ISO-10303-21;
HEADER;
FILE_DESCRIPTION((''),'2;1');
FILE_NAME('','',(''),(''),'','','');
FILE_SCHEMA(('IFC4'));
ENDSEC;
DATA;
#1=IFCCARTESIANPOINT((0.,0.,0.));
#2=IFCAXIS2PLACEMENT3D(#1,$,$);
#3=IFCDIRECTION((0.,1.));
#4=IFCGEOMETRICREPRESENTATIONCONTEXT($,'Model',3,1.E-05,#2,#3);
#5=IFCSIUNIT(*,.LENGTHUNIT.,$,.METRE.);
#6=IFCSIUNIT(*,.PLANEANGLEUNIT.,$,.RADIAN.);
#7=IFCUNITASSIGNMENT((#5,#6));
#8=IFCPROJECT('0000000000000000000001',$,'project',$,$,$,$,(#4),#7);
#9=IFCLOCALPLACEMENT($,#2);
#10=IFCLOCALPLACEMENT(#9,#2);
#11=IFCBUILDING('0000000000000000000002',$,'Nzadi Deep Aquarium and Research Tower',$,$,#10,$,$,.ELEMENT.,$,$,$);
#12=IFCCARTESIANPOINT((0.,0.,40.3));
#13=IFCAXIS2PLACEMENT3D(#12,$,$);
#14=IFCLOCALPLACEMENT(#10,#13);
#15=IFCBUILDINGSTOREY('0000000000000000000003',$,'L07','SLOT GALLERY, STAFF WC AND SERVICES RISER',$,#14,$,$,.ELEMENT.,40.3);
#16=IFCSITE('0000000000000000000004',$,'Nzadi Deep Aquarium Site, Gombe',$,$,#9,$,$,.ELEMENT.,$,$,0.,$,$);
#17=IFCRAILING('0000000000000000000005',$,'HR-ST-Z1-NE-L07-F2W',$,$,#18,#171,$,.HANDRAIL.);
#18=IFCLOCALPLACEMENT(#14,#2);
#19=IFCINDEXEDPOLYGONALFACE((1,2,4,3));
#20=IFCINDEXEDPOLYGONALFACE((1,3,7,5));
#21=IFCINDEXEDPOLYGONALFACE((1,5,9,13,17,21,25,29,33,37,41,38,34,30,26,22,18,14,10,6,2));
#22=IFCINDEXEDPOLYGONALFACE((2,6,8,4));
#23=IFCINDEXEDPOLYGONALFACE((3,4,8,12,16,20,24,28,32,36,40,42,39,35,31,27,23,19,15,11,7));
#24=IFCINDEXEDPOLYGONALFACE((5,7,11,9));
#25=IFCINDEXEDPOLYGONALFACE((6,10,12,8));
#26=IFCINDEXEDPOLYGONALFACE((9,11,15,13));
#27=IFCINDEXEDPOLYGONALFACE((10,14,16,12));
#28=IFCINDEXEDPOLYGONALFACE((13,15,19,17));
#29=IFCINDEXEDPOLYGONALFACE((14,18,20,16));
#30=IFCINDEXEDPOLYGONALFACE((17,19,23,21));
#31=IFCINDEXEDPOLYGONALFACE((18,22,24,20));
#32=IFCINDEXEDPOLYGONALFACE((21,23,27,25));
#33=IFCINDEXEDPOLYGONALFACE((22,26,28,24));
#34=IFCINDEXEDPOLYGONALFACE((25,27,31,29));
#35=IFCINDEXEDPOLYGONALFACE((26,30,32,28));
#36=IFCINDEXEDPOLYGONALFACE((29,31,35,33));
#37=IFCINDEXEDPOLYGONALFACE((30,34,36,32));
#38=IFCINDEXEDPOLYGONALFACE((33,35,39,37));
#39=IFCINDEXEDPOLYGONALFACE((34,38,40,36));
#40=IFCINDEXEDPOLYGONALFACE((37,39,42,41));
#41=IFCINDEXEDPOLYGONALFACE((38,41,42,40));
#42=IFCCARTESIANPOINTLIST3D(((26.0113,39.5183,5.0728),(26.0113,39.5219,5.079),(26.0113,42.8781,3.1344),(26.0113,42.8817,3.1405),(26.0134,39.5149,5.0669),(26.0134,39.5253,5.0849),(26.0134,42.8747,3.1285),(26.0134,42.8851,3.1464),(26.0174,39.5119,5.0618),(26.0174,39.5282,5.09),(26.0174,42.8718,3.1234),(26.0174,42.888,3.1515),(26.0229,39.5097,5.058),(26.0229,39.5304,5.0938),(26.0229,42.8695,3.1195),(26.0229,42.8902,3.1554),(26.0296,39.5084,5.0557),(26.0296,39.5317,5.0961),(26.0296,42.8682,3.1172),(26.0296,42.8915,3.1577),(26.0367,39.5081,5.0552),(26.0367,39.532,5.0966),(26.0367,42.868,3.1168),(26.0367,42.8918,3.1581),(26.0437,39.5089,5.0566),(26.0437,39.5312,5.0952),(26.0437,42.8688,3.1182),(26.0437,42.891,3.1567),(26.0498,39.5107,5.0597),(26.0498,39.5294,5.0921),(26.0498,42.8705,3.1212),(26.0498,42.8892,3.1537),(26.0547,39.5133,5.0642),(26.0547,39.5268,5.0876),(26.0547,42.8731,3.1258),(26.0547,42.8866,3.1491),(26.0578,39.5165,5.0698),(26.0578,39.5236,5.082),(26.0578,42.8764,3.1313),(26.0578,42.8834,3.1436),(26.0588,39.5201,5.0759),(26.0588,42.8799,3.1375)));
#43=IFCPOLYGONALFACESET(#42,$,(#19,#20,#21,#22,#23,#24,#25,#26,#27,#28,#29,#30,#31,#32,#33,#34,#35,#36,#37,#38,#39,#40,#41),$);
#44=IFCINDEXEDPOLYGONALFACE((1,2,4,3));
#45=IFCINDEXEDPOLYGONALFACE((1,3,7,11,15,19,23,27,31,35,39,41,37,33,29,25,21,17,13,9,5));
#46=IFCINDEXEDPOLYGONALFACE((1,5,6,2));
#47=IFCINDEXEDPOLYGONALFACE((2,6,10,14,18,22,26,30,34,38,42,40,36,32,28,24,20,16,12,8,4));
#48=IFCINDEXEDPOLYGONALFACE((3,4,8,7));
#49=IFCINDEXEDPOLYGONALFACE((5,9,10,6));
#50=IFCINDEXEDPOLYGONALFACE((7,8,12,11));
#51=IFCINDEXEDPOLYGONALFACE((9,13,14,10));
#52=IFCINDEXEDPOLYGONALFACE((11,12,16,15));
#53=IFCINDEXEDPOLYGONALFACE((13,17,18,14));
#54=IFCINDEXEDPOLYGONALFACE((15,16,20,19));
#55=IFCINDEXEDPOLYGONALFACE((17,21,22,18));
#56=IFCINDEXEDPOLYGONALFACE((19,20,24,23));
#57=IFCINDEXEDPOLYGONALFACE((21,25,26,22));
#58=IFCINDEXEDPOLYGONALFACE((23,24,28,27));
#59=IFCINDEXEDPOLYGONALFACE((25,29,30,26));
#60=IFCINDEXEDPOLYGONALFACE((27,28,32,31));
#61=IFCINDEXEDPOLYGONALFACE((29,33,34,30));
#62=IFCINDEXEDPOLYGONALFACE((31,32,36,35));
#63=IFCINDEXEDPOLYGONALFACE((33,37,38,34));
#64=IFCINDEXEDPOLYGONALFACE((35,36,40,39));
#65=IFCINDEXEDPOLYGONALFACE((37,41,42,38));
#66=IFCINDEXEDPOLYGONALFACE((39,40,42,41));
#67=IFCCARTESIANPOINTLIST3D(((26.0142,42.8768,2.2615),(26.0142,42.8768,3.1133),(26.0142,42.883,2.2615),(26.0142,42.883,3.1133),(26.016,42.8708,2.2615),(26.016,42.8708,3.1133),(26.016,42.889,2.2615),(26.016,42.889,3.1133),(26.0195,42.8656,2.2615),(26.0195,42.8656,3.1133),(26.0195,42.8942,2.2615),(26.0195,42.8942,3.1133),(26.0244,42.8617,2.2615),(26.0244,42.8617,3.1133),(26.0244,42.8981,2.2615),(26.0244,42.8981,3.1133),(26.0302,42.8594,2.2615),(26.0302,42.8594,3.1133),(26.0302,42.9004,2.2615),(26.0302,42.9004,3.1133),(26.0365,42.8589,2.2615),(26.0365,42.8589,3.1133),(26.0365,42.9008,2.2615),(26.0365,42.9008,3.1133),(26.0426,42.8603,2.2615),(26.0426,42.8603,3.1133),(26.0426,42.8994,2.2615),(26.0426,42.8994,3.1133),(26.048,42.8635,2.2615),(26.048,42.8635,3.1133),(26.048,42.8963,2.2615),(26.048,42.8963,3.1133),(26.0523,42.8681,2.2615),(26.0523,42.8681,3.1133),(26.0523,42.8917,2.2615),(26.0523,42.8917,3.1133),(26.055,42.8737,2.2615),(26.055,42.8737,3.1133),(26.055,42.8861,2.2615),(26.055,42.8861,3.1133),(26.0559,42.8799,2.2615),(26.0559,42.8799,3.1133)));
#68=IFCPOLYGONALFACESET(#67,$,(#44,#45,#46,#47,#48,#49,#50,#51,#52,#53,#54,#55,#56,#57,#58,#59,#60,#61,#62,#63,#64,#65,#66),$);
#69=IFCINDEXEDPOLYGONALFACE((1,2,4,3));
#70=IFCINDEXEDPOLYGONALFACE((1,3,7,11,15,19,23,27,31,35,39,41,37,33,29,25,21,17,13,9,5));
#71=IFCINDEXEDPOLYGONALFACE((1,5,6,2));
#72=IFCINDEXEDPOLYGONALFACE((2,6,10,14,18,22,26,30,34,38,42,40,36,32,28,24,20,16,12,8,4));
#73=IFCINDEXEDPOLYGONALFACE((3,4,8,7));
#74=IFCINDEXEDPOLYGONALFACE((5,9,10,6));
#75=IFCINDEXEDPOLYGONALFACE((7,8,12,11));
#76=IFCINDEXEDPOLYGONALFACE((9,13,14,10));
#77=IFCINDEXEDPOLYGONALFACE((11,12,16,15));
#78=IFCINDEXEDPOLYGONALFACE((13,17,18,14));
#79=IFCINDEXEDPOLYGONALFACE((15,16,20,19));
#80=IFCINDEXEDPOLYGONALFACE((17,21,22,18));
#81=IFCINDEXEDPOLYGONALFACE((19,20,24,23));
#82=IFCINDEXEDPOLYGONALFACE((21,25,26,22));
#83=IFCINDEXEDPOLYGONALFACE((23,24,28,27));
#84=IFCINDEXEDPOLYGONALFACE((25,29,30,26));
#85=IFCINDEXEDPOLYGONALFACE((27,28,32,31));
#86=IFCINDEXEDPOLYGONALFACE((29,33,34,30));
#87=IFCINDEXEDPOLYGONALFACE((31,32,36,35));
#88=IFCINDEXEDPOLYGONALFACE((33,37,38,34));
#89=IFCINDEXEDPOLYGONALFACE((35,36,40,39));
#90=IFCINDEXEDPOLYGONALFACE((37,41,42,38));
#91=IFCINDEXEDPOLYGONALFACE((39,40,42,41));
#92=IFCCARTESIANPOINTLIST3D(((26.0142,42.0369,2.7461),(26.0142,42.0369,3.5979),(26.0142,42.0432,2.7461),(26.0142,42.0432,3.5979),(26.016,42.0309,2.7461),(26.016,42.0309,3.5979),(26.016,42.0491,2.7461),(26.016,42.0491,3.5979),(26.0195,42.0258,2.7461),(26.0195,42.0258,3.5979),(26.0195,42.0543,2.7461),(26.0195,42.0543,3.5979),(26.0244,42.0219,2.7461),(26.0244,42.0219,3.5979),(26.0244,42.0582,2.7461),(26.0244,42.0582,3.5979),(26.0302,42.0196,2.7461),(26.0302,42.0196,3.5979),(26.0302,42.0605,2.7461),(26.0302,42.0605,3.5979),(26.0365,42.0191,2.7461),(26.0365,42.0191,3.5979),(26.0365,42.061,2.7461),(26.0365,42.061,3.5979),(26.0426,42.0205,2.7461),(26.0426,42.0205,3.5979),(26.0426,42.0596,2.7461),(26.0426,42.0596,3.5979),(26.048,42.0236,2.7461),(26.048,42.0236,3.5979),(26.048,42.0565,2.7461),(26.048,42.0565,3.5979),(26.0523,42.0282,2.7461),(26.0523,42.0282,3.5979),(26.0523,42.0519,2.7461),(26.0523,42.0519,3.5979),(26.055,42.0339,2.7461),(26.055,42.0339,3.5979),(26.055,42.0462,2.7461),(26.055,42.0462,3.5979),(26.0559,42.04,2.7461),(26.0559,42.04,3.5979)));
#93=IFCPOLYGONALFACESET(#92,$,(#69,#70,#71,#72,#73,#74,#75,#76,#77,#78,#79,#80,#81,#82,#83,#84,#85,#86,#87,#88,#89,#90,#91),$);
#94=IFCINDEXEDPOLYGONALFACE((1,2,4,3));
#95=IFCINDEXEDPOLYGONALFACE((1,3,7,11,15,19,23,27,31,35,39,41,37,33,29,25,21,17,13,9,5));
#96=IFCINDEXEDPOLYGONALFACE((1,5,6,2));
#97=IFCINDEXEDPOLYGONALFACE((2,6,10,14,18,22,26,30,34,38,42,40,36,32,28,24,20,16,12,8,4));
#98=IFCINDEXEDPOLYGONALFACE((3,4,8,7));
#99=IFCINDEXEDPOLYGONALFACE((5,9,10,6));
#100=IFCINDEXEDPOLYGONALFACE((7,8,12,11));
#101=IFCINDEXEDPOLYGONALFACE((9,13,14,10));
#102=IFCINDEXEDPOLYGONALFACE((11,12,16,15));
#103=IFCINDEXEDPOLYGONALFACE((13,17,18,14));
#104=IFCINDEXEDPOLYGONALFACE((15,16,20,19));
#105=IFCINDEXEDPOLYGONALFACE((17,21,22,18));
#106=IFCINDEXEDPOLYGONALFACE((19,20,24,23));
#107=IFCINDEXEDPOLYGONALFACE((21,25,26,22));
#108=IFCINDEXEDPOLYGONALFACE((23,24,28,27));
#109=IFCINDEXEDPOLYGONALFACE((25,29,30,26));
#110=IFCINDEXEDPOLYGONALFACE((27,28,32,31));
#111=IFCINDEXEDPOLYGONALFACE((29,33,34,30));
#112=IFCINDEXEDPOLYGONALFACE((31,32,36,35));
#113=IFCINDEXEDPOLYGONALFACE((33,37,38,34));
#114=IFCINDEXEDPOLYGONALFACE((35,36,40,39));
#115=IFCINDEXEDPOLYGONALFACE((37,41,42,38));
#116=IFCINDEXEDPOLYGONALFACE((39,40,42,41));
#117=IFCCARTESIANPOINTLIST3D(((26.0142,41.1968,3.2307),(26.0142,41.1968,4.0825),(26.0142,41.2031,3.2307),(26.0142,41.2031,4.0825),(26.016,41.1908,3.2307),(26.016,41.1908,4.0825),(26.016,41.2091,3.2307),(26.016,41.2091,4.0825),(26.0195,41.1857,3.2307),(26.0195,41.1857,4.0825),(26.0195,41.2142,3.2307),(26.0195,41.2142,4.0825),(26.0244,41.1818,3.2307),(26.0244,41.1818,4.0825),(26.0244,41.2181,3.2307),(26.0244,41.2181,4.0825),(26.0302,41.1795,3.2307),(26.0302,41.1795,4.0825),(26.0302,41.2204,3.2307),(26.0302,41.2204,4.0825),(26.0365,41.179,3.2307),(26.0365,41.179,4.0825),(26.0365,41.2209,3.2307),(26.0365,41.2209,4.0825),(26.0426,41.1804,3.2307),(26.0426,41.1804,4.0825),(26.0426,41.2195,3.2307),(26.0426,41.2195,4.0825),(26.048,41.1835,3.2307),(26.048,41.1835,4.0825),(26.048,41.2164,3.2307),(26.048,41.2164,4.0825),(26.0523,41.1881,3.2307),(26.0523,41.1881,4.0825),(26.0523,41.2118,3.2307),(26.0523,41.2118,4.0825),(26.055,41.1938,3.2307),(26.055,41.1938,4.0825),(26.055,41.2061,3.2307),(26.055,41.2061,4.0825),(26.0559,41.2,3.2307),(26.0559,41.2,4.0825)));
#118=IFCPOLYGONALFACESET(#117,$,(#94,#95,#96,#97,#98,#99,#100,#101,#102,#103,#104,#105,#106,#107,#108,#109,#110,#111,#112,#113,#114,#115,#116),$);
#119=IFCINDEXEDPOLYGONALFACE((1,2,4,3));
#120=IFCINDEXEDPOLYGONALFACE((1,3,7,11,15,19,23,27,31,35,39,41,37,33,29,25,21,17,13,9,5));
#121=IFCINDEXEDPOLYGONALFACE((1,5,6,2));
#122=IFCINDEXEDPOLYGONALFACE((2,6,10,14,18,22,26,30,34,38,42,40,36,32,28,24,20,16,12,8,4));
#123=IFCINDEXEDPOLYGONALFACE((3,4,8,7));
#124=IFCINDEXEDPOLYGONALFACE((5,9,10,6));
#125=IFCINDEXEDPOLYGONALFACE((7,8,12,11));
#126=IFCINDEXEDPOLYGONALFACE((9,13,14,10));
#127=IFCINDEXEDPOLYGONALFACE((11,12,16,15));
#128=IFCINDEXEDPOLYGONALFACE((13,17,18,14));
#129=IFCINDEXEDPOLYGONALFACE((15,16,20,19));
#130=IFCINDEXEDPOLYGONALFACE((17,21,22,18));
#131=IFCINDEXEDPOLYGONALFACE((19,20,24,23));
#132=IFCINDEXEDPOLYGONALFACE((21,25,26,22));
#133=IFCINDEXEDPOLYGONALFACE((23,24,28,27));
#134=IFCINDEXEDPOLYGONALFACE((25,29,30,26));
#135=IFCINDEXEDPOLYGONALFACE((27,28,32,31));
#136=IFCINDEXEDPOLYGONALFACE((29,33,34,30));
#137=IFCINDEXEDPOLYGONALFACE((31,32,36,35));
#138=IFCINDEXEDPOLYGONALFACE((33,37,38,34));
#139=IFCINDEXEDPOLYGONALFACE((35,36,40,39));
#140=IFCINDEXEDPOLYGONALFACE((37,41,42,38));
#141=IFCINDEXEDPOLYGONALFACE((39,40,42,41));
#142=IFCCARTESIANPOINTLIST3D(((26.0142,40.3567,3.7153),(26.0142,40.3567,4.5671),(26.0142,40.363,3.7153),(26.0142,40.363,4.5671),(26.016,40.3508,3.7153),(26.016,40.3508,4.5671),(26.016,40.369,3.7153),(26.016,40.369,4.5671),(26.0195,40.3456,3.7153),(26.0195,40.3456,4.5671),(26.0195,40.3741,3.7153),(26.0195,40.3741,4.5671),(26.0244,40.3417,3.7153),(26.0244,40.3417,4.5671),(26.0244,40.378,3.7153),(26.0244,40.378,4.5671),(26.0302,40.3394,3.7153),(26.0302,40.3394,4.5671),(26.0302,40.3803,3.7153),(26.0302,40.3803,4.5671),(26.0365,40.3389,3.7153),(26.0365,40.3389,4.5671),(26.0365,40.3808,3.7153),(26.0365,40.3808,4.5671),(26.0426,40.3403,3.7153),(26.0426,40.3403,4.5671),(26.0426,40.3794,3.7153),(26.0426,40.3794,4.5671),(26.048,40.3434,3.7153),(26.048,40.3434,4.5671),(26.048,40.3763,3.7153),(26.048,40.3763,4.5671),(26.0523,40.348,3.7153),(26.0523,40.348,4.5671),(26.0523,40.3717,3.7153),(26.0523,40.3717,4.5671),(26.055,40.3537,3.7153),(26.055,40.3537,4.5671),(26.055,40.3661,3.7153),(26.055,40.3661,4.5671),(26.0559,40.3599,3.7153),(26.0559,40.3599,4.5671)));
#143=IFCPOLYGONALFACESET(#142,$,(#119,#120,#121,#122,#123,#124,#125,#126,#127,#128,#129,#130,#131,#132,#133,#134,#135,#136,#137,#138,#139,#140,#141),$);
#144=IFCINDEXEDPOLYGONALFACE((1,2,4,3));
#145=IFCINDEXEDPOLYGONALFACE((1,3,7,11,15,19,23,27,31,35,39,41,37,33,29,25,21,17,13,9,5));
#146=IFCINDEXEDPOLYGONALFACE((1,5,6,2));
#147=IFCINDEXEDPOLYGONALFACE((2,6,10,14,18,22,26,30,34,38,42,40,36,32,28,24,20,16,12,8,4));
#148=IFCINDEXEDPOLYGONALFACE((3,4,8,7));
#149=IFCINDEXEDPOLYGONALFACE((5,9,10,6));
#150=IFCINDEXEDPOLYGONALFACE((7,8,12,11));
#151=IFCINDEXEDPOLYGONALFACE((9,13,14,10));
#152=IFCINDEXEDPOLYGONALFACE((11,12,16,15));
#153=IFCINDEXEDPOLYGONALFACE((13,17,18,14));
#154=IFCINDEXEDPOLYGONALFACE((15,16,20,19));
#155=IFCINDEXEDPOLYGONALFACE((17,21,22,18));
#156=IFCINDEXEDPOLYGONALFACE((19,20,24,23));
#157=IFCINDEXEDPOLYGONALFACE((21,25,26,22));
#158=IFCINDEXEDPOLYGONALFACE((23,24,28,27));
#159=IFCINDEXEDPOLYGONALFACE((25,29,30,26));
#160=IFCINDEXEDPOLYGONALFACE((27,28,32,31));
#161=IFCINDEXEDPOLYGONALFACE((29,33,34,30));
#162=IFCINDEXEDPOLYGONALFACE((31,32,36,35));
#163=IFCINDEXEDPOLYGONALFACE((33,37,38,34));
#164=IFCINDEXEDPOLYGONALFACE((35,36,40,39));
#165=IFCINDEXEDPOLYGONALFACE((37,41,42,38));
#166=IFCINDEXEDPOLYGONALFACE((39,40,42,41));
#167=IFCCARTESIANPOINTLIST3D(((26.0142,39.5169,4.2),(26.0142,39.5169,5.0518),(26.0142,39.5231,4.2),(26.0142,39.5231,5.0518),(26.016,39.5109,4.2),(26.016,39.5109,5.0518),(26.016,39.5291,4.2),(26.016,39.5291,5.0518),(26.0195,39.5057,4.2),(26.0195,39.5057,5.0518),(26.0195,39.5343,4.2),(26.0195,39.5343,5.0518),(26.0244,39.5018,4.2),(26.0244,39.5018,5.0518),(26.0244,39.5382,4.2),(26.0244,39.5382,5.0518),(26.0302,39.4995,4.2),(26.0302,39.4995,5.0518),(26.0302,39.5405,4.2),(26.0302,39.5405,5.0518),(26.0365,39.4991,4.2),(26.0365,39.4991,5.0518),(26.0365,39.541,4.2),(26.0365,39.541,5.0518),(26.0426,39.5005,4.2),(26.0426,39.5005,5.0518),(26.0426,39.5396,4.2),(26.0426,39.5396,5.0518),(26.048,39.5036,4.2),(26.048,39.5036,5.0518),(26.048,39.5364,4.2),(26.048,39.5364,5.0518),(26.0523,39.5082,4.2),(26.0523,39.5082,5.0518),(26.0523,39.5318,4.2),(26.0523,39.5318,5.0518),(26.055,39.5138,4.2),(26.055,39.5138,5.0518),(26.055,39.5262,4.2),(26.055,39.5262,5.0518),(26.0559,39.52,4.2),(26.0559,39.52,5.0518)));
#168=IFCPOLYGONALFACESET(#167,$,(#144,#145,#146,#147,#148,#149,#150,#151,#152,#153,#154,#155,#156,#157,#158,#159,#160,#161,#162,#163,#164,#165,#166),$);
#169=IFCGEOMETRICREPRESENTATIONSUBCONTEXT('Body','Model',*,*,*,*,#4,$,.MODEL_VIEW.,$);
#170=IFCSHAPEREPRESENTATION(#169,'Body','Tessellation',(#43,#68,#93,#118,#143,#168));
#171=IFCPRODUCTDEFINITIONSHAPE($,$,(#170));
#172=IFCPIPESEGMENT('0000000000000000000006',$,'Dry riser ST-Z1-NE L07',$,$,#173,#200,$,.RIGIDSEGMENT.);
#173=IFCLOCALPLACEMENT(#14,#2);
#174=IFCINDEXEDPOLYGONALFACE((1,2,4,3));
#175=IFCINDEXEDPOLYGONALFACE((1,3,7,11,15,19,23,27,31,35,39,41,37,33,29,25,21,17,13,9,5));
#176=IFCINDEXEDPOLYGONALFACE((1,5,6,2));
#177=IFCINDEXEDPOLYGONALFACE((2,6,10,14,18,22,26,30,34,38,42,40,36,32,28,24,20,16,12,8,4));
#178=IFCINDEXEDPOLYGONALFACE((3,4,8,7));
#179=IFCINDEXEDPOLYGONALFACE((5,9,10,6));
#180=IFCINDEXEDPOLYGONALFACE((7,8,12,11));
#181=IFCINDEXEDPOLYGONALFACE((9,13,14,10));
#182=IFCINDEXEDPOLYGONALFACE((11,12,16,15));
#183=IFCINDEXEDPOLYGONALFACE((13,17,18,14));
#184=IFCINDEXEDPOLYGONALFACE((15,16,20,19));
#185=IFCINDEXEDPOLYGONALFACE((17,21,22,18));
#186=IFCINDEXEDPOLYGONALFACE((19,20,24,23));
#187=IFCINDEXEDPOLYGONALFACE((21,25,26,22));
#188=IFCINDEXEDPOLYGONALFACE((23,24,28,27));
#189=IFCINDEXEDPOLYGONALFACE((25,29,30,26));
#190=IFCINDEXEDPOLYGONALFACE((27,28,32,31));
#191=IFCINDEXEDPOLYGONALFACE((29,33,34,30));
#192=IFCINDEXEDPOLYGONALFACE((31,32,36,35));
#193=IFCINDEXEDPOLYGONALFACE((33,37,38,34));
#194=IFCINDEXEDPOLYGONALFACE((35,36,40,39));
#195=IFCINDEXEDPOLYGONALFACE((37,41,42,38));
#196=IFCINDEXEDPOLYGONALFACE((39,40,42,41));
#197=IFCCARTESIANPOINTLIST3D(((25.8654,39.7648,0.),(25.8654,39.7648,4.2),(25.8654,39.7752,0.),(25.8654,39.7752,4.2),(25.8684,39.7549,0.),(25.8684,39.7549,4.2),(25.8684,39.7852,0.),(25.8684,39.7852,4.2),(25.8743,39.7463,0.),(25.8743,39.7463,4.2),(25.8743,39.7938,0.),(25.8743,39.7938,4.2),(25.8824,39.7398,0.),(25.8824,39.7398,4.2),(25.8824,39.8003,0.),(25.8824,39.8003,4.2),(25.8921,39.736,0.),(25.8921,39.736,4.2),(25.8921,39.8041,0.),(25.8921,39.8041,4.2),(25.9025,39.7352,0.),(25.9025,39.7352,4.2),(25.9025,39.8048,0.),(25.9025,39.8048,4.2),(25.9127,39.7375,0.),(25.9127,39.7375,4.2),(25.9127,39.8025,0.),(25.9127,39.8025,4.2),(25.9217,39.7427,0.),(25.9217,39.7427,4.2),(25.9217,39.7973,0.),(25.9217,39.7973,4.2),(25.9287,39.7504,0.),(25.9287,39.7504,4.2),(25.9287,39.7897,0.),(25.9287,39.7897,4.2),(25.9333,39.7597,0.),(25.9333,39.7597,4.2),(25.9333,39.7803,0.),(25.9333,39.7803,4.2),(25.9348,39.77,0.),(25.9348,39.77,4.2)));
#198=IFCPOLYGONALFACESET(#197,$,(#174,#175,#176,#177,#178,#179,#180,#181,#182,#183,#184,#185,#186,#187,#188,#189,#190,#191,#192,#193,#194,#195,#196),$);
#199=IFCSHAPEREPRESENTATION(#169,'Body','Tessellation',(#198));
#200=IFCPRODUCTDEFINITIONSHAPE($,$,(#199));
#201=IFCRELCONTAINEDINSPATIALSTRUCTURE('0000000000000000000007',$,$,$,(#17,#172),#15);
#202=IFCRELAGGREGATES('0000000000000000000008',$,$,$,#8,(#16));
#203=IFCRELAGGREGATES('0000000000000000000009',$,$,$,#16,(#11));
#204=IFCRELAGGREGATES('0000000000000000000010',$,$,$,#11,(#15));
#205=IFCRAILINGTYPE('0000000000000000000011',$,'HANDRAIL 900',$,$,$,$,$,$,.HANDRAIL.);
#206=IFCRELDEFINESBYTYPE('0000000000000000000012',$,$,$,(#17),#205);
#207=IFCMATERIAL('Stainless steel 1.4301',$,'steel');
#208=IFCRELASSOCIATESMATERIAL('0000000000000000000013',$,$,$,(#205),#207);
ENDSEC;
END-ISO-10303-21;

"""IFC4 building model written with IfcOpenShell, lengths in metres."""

from ifc_helpers import new_model, si_unit, direction, frame, origin, origin_2d, place, context, subcontext, project, spatial, circle, extrude, material, type_object, element, save


model = new_model("IFC4")

# Units and contexts
model_context = context("Model", 3, precision=1e-05, world=origin(), true_north=direction((0.0, 1.0)))
body_context = subcontext(model_context, "Body", "Model", "MODEL_VIEW")
ifc_project = project(units=[si_unit("LENGTHUNIT", "METRE"), si_unit("PLANEANGLEUNIT", "RADIAN")], contexts=[model_context])

# Site, building, storey
site_placement = place(None, origin())
site = spatial("IfcSite", under=ifc_project, at=site_placement, Name="Nzadi Deep Aquarium Site, Gombe", CompositionType="ELEMENT", RefElevation=0.0)
building_placement = place(site_placement, origin())
building = spatial("IfcBuilding", under=site, at=building_placement, Name="Nzadi Deep Aquarium and Research Tower", CompositionType="ELEMENT")
storey_placement = place(building_placement, frame((0.0, 0.0, 40.3)))
storey = spatial("IfcBuildingStorey", under=building, at=storey_placement, Name="L07", Description="SLOT GALLERY, STAFF WC AND SERVICES RISER", CompositionType="ELEMENT", Elevation=40.3)

# Railing
ifc_material_1 = material(Name="Stainless steel 1.4301", Category="steel")
railing_type = type_object("IfcRailingType", Name="HANDRAIL 900", PredefinedType="HANDRAIL", material=ifc_material_1)
for number, where, name in (
    (1, (26.0349, 42.8799, 2.2615), "HR-ST-Z1-NE-L07-F2W"),
):
    element("IfcRailing", number, at=place(storey_placement, frame(where)), inside=storey, type_object=railing_type, Name=name, PredefinedType="HANDRAIL", context=body_context, shape_type="SweptSolid", body=[
        extrude(circle(Radius=0.0239, at=origin_2d()), frame((0.0, 0.0, 0.876), z_axis=(0.0, -0.866175, 0.499741), x_axis=(1.0, 0.0, 0.0)), (0.0, 0.0, 1.0), 3.8789),
        extrude(circle(Radius=0.021, at=origin_2d()), origin(), (0.0, 0.0, 1.0), 0.8518),
        extrude(circle(Radius=0.021, at=origin_2d()), frame((0.0, -0.8398, 0.4846)), (0.0, 0.0, 1.0), 0.8518),
        extrude(circle(Radius=0.021, at=origin_2d()), frame((0.0, -1.6799, 0.9692)), (0.0, 0.0, 1.0), 0.8518),
        extrude(circle(Radius=0.021, at=origin_2d()), frame((0.0, -2.52, 1.4539)), (0.0, 0.0, 1.0), 0.8518),
        extrude(circle(Radius=0.021, at=origin_2d()), frame((0.0, -3.3599, 1.9385)), (0.0, 0.0, 1.0), 0.8518),
    ])

# Pipe segment
pipe_segment_placement = place(storey_placement, frame((25.8999, 39.77, 0.0), z_axis=(0.0, 0.0, 1.0), x_axis=(1.0, 0.0, 0.0)))
element("IfcPipeSegment", 2, at=pipe_segment_placement, inside=storey, Name="Dry riser ST-Z1-NE L07", PredefinedType="RIGIDSEGMENT", context=body_context, shape_type="SweptSolid", body=[
    extrude(circle(Radius=0.0349, at=origin_2d()), origin(), (0.0, 0.0, 1.0), 4.2),
])

save(model, "model.ifc")
